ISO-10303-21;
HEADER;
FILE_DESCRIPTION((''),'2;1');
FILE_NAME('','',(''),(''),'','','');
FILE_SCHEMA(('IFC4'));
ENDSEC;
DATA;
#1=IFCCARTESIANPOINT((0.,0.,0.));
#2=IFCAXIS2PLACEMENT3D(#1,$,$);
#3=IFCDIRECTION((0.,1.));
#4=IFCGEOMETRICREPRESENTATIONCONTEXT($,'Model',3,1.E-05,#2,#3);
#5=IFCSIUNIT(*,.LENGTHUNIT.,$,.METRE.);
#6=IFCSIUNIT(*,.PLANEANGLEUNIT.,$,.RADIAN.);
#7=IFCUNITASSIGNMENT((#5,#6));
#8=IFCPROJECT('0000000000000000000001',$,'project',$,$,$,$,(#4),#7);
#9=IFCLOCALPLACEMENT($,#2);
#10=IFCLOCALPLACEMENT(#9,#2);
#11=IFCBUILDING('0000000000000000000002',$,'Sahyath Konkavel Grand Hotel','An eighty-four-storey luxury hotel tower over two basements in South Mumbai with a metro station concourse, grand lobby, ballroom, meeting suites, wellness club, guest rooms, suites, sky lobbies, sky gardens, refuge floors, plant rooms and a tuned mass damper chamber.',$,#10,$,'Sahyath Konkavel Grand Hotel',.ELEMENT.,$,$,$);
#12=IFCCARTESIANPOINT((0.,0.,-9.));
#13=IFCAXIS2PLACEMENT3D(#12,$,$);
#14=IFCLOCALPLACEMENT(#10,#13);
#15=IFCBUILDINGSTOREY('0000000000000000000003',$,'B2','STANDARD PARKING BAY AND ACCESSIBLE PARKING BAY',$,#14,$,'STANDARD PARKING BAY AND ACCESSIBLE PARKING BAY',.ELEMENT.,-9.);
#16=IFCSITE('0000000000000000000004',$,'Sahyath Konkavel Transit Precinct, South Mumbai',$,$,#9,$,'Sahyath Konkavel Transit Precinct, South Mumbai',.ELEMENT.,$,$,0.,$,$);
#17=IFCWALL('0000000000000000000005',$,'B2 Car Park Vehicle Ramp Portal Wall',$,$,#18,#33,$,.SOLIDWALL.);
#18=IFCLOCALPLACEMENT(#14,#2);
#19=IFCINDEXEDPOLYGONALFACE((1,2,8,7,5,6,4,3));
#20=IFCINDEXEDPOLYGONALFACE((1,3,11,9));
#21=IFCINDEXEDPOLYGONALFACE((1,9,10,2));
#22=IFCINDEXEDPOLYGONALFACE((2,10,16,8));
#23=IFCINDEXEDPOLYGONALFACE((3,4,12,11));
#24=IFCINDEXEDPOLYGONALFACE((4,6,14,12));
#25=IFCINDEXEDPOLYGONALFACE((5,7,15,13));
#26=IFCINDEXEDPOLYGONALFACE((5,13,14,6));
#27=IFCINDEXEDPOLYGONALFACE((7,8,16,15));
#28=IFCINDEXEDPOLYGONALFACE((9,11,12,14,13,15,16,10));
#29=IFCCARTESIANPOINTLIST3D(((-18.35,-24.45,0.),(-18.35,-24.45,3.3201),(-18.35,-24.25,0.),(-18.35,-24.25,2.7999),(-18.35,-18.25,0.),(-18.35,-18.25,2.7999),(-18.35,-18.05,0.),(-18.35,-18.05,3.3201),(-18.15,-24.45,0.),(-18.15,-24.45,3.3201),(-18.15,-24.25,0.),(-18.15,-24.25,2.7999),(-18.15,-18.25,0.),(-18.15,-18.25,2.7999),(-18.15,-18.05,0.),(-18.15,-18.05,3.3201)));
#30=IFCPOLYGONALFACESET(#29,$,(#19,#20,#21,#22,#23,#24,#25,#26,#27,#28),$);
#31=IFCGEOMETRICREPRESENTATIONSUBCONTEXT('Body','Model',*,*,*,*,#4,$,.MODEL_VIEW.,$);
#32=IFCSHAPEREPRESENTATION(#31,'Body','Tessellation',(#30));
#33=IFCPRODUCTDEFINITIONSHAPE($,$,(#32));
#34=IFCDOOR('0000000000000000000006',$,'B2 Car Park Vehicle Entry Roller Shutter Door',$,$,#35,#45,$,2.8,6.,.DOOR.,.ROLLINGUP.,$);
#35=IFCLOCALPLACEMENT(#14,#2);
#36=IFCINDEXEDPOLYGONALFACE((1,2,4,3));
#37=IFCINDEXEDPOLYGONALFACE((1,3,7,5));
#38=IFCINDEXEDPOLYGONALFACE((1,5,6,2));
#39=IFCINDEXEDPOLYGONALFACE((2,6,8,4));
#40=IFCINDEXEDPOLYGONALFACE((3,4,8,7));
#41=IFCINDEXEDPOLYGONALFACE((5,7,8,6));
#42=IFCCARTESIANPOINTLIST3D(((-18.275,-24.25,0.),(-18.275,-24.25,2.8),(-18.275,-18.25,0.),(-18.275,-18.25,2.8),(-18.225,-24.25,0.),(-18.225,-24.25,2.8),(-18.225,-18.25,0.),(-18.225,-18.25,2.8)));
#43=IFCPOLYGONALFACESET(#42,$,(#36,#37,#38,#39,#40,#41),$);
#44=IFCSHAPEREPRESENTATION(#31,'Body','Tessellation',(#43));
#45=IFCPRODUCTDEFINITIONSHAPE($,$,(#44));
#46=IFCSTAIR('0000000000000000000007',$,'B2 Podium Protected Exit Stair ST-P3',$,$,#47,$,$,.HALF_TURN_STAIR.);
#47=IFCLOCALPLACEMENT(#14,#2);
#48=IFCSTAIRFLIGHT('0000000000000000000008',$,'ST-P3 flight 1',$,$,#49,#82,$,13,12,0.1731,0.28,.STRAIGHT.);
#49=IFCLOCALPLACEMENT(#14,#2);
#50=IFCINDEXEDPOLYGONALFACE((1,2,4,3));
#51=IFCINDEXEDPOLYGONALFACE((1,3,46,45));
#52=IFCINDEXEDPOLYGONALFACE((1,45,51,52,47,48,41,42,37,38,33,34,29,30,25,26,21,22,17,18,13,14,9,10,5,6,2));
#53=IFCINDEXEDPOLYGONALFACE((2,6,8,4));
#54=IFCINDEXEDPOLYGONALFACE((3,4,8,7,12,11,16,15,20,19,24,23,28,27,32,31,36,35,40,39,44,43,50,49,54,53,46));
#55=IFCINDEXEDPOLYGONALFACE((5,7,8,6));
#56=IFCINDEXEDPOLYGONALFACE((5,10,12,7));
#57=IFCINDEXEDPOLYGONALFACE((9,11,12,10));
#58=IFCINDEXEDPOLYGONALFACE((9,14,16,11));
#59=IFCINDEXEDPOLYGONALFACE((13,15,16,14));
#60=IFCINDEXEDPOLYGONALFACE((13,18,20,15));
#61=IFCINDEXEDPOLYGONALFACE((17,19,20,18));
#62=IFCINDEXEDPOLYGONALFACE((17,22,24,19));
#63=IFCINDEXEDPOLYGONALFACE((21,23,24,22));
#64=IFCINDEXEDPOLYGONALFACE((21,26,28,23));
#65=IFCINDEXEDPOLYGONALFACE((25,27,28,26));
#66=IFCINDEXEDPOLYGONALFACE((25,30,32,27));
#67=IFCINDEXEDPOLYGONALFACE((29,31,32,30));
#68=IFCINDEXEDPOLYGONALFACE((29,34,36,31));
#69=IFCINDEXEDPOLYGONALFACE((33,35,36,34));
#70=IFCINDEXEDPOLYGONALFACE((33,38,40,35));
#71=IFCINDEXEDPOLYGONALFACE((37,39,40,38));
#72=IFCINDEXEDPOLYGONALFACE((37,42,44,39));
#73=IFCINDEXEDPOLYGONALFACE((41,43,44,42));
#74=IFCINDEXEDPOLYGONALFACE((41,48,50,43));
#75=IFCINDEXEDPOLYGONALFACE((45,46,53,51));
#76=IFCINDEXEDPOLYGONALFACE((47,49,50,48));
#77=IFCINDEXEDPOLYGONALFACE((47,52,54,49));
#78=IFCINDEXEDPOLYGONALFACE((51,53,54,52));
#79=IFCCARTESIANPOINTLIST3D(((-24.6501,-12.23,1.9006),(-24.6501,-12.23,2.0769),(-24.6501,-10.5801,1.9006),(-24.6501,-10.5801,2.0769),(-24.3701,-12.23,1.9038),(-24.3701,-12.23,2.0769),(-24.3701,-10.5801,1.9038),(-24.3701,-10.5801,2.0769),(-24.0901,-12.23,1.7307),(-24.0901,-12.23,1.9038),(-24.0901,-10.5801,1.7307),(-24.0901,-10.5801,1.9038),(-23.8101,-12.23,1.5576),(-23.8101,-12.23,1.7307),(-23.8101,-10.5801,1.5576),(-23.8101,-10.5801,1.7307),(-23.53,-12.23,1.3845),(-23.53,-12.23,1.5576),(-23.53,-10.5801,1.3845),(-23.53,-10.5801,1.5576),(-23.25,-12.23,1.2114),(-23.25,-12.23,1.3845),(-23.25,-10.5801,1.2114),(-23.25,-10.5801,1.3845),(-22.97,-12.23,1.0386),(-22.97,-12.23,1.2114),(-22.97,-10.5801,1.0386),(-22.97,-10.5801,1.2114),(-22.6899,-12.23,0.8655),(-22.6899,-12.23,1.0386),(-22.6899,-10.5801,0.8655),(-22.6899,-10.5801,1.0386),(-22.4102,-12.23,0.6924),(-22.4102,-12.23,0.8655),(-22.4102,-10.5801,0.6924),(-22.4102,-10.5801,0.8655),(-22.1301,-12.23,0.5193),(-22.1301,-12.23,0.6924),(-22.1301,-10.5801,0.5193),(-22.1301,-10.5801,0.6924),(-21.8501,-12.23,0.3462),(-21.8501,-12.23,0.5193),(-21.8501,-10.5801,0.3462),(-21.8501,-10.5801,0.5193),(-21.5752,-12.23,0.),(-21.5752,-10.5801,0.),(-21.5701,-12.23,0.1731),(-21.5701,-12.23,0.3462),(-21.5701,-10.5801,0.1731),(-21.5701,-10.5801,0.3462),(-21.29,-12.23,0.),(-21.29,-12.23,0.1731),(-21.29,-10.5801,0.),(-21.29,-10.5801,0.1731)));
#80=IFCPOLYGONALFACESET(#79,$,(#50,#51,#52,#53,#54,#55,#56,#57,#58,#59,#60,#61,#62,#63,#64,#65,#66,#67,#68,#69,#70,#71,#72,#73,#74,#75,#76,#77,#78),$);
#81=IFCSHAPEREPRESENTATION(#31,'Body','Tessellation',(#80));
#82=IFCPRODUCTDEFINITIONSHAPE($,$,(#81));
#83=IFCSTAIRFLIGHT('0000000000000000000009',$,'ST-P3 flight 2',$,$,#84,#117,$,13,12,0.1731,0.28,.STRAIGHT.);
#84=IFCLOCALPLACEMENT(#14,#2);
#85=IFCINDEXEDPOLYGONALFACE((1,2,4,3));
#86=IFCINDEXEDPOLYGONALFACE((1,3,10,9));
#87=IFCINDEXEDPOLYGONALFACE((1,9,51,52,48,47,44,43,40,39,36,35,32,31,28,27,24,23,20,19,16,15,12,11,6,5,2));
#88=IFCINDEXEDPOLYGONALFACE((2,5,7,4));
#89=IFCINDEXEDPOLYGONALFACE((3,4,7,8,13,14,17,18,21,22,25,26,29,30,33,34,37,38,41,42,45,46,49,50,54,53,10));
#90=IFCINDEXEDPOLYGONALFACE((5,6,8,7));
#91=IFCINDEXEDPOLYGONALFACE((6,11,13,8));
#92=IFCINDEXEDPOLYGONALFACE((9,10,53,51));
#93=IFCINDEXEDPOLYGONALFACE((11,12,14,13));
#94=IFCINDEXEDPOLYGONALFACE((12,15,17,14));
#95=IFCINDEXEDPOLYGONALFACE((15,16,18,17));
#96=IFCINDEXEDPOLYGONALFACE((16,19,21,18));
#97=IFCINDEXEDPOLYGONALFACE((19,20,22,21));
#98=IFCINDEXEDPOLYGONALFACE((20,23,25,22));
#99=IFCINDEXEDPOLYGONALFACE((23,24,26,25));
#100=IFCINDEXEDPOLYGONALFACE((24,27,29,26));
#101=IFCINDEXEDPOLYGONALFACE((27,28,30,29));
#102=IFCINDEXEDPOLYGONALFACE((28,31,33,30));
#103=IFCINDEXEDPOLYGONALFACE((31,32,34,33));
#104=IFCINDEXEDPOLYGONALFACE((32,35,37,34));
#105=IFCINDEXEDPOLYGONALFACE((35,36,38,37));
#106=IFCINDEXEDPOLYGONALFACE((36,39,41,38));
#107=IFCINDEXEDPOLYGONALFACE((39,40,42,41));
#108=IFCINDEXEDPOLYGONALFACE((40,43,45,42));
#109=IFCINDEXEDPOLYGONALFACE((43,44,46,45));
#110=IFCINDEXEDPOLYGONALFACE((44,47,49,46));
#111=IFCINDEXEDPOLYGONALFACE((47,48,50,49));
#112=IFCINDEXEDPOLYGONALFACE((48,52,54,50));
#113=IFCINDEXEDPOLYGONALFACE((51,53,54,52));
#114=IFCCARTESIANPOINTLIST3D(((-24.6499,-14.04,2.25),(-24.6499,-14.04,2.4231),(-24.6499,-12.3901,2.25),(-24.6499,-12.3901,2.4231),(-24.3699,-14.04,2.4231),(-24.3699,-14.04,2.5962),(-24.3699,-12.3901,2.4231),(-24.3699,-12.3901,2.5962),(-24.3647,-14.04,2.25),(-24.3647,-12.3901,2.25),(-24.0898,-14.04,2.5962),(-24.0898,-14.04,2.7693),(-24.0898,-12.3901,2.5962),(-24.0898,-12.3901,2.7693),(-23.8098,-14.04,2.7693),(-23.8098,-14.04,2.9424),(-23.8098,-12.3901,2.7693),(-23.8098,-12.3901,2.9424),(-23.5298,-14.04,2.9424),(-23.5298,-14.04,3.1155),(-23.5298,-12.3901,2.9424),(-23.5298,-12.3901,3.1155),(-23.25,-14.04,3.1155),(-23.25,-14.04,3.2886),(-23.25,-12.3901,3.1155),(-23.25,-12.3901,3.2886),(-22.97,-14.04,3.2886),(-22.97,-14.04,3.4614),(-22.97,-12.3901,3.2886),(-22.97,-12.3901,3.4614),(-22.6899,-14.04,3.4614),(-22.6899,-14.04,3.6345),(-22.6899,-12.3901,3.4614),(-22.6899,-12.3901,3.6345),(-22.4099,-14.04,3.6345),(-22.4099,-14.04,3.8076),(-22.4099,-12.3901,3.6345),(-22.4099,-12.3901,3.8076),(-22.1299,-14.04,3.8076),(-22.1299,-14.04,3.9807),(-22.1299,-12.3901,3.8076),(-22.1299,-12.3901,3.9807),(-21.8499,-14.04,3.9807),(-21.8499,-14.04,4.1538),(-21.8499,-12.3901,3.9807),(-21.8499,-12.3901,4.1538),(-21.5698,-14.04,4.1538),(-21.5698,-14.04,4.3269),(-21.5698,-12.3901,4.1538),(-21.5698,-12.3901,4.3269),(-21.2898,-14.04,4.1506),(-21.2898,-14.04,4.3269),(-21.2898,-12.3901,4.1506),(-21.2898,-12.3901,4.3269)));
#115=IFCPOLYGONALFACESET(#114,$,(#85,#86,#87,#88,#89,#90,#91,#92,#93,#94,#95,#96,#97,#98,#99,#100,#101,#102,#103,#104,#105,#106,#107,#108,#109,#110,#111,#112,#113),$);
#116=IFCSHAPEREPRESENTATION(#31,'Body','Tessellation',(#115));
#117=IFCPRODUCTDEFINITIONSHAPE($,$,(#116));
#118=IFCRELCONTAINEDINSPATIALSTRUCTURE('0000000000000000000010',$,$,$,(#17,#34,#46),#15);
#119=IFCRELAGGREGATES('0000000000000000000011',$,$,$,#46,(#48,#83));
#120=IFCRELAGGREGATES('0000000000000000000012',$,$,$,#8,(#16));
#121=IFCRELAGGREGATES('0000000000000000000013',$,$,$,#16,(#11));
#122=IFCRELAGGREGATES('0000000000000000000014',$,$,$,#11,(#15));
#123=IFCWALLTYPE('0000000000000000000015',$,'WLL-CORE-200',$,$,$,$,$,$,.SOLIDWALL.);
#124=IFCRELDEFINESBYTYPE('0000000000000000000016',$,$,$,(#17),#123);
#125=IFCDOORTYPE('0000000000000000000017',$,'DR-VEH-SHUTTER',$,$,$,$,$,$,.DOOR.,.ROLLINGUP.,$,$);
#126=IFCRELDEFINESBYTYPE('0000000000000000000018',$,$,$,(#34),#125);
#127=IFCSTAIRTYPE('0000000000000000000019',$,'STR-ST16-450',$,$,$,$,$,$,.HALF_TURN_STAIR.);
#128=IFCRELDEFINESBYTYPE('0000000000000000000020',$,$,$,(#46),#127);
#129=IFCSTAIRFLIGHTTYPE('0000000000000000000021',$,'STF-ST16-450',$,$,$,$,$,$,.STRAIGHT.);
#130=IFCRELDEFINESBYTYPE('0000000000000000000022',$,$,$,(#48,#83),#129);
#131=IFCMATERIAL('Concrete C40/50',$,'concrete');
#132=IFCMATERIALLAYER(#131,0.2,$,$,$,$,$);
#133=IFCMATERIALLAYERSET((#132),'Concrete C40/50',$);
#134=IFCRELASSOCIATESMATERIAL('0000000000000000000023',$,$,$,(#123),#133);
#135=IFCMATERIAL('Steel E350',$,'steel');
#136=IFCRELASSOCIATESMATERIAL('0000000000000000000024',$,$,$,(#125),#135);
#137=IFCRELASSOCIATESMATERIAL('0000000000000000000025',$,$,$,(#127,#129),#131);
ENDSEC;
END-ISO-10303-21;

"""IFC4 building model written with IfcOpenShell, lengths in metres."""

from ifc_helpers import new_model, si_unit, direction, frame, frame_2d, origin, origin_2d, place, context, subcontext, project, spatial, polyline, rectangle, outline, extrude, source, transform, mapped, material, layer, layer_set, type_object, element, fill, aggregate, save


model = new_model("IFC4")

# Units and contexts
model_context = context("Model", 3, precision=1e-05, world=origin(), true_north=direction((0.0, 1.0)))
body_context = subcontext(model_context, "Body", "Model", "MODEL_VIEW")
ifc_project = project(units=[si_unit("LENGTHUNIT", "METRE"), si_unit("PLANEANGLEUNIT", "RADIAN")], contexts=[model_context])

# Site, building, storey
site_placement = place(None, origin())
site = spatial("IfcSite", under=ifc_project, at=site_placement, Name="Sahyath Konkavel Transit Precinct, South Mumbai", LongName="Sahyath Konkavel Transit Precinct, South Mumbai", CompositionType="ELEMENT", RefElevation=0.0)
building_placement = place(site_placement, origin())
building = spatial("IfcBuilding", under=site, at=building_placement, Name="Sahyath Konkavel Grand Hotel", Description="An eighty-four-storey luxury hotel tower over two basements in South Mumbai with a metro station concourse, grand lobby, ballroom, meeting suites, wellness club, guest rooms, suites, sky lobbies, sky gardens, refuge floors, plant rooms and a tuned mass damper chamber.", LongName="Sahyath Konkavel Grand Hotel", CompositionType="ELEMENT")
storey_placement = place(building_placement, frame((0.0, 0.0, -9.0)))
storey = spatial("IfcBuildingStorey", under=building, at=storey_placement, Name="B2", Description="STANDARD PARKING BAY AND ACCESSIBLE PARKING BAY", LongName="STANDARD PARKING BAY AND ACCESSIBLE PARKING BAY", CompositionType="ELEMENT", Elevation=-9.0)

# Shared definitions
ifc_material_1 = material(Name="Steel E350", Category="steel")

# Shared definitions
ifc_material_2 = material(Name="Concrete C40/50", Category="concrete")

# Wall, opening, door
ifc_layer_1 = layer(ifc_material_2, 0.2)
ifc_layer_set_1 = layer_set([ifc_layer_1], Name="Concrete C40/50")
wall_type_1 = type_object("IfcWallType", Name="WLL-CORE-200", PredefinedType="SOLIDWALL", material=ifc_layer_set_1)
wall_1_placement = place(storey_placement, frame((-18.25, -24.45, 0.0), z_axis=(0.0, 0.0, 1.0), x_axis=(0.0, 1.0, 0.0)))
wall_1 = element("IfcWall", 1, at=wall_1_placement, inside=storey, type_object=wall_type_1, Name="B2 Car Park Vehicle Ramp Portal Wall", PredefinedType="SOLIDWALL", context=body_context, shape_type="SweptSolid", body=[
    extrude(rectangle(XDim=6.3999, YDim=0.2, at=frame_2d((3.2, 0.0))), origin(), (0.0, 0.0, 1.0), 3.3201),
])
opening_1_placement = place(wall_1_placement, frame((0.2, 0.0, 0.0)))
opening_1 = element("IfcOpeningElement", 2, at=opening_1_placement, cuts=wall_1, PredefinedType="OPENING", context=body_context, shape_type="SweptSolid", body=[
    extrude(rectangle(XDim=6.0, YDim=2.8, at=frame_2d((3.0, 1.3999))), frame((0.0, 0.1099, 0.0), z_axis=(0.0, -1.0, 0.0), x_axis=(1.0, 0.0, 0.0)), (0.0, 0.0, 1.0), 0.22),
])
door_type_1 = type_object("IfcDoorType", Name="DR-VEH-SHUTTER", OperationType="ROLLINGUP", PredefinedType="DOOR", material=ifc_material_1)
shared_shape_1 = source(origin(), body_context, "Body", "SweptSolid", [
    extrude(rectangle(XDim=6.0, YDim=0.05, at=origin_2d()), origin(), (0.0, 0.0, 1.0), 2.8),
])
door_1_placement = place(opening_1_placement, frame((3.0, 0.0, 0.0)))
door_1 = element("IfcDoor", 3, at=door_1_placement, inside=storey, type_object=door_type_1, Name="B2 Car Park Vehicle Entry Roller Shutter Door", OperationType="ROLLINGUP", OverallHeight=2.8, OverallWidth=6.0, PredefinedType="DOOR", context=body_context, shape_type="MappedRepresentation", body=[
    mapped(shared_shape_1, transform((0.0, 0.0, 0.0), scale=1.0)),
])
fill(opening_1, door_1)

# Stair, stair flights
stair_type = type_object("IfcStairType", Name="STR-ST16-450", PredefinedType="HALF_TURN_STAIR", material=ifc_material_2)
stair_placement = place(storey_placement, origin())
stair = element("IfcStair", 4, at=stair_placement, inside=storey, type_object=stair_type, Name="B2 Podium Protected Exit Stair ST-P3", PredefinedType="HALF_TURN_STAIR")
stair_flight_type = type_object("IfcStairFlightType", Name="STF-ST16-450", PredefinedType="STRAIGHT", material=ifc_material_2)
stair_flight_1_placement = place(storey_placement, frame((-21.29, -11.405, 0.0), z_axis=(0.0, 0.0, 1.0), x_axis=(-1.0, 0.0, 0.0)))
stair_flight_1 = element("IfcStairFlight", 5, at=stair_flight_1_placement, type_object=stair_flight_type, Name="ST-P3 flight 1", NumberOfRisers=13, NumberOfTreads=12, PredefinedType="STRAIGHT", RiserHeight=0.1731, TreadLength=0.28, context=body_context, shape_type="SweptSolid", body=[
    extrude(outline(polyline([(0.0, 0.0), (0.0, 0.1731), (0.28, 0.1731), (0.28, 0.3462), (0.5601, 0.3462), (0.5601, 0.5193), (0.8401, 0.5193), (0.8401, 0.6924), (1.1201, 0.6924), (1.1201, 0.8655), (1.3999, 0.8655), (1.3999, 1.0386), (1.6799, 1.0386), (1.6799, 1.2114), (1.96, 1.2114), (1.96, 1.3845), (2.24, 1.3845), (2.24, 1.5576), (2.52, 1.5576), (2.52, 1.7307), (2.8, 1.7307), (2.8, 1.9038), (3.0801, 1.9038), (3.0801, 2.0769), (3.3601, 2.0769), (3.3601, 2.25), (3.3601, 1.9006), (0.2852, 0.0), (0.0, 0.0)])), frame((0.0, 0.825, 0.0), z_axis=(0.0, -1.0, 0.0), x_axis=(1.0, 0.0, 0.0)), (0.0, 0.0, 1.0), 1.6499),
])
stair_flight_2_placement = place(storey_placement, frame((-24.6499, -13.2151, 2.25), z_axis=(0.0, 0.0, 1.0), x_axis=(1.0, 0.0, 0.0)))
stair_flight_2 = element("IfcStairFlight", 6, at=stair_flight_2_placement, type_object=stair_flight_type, Name="ST-P3 flight 2", NumberOfRisers=13, NumberOfTreads=12, PredefinedType="STRAIGHT", RiserHeight=0.1731, TreadLength=0.28, context=body_context, shape_type="SweptSolid", body=[
    extrude(outline(polyline([(0.0, 0.0), (0.0, 0.1731), (0.28, 0.1731), (0.28, 0.3462), (0.5601, 0.3462), (0.5601, 0.5193), (0.8401, 0.5193), (0.8401, 0.6924), (1.1201, 0.6924), (1.1201, 0.8655), (1.3999, 0.8655), (1.3999, 1.0386), (1.6799, 1.0386), (1.6799, 1.2114), (1.96, 1.2114), (1.96, 1.3845), (2.24, 1.3845), (2.24, 1.5576), (2.52, 1.5576), (2.52, 1.7307), (2.8, 1.7307), (2.8, 1.9038), (3.0801, 1.9038), (3.0801, 2.0769), (3.3601, 2.0769), (3.3601, 2.25), (3.3601, 1.9006), (0.2852, 0.0), (0.0, 0.0)])), frame((0.0, 0.825, 0.0), z_axis=(0.0, -1.0, 0.0), x_axis=(1.0, 0.0, 0.0)), (0.0, 0.0, 1.0), 1.6499),
])
aggregate(stair, [stair_flight_1, stair_flight_2])

save(model, "model.ifc")
